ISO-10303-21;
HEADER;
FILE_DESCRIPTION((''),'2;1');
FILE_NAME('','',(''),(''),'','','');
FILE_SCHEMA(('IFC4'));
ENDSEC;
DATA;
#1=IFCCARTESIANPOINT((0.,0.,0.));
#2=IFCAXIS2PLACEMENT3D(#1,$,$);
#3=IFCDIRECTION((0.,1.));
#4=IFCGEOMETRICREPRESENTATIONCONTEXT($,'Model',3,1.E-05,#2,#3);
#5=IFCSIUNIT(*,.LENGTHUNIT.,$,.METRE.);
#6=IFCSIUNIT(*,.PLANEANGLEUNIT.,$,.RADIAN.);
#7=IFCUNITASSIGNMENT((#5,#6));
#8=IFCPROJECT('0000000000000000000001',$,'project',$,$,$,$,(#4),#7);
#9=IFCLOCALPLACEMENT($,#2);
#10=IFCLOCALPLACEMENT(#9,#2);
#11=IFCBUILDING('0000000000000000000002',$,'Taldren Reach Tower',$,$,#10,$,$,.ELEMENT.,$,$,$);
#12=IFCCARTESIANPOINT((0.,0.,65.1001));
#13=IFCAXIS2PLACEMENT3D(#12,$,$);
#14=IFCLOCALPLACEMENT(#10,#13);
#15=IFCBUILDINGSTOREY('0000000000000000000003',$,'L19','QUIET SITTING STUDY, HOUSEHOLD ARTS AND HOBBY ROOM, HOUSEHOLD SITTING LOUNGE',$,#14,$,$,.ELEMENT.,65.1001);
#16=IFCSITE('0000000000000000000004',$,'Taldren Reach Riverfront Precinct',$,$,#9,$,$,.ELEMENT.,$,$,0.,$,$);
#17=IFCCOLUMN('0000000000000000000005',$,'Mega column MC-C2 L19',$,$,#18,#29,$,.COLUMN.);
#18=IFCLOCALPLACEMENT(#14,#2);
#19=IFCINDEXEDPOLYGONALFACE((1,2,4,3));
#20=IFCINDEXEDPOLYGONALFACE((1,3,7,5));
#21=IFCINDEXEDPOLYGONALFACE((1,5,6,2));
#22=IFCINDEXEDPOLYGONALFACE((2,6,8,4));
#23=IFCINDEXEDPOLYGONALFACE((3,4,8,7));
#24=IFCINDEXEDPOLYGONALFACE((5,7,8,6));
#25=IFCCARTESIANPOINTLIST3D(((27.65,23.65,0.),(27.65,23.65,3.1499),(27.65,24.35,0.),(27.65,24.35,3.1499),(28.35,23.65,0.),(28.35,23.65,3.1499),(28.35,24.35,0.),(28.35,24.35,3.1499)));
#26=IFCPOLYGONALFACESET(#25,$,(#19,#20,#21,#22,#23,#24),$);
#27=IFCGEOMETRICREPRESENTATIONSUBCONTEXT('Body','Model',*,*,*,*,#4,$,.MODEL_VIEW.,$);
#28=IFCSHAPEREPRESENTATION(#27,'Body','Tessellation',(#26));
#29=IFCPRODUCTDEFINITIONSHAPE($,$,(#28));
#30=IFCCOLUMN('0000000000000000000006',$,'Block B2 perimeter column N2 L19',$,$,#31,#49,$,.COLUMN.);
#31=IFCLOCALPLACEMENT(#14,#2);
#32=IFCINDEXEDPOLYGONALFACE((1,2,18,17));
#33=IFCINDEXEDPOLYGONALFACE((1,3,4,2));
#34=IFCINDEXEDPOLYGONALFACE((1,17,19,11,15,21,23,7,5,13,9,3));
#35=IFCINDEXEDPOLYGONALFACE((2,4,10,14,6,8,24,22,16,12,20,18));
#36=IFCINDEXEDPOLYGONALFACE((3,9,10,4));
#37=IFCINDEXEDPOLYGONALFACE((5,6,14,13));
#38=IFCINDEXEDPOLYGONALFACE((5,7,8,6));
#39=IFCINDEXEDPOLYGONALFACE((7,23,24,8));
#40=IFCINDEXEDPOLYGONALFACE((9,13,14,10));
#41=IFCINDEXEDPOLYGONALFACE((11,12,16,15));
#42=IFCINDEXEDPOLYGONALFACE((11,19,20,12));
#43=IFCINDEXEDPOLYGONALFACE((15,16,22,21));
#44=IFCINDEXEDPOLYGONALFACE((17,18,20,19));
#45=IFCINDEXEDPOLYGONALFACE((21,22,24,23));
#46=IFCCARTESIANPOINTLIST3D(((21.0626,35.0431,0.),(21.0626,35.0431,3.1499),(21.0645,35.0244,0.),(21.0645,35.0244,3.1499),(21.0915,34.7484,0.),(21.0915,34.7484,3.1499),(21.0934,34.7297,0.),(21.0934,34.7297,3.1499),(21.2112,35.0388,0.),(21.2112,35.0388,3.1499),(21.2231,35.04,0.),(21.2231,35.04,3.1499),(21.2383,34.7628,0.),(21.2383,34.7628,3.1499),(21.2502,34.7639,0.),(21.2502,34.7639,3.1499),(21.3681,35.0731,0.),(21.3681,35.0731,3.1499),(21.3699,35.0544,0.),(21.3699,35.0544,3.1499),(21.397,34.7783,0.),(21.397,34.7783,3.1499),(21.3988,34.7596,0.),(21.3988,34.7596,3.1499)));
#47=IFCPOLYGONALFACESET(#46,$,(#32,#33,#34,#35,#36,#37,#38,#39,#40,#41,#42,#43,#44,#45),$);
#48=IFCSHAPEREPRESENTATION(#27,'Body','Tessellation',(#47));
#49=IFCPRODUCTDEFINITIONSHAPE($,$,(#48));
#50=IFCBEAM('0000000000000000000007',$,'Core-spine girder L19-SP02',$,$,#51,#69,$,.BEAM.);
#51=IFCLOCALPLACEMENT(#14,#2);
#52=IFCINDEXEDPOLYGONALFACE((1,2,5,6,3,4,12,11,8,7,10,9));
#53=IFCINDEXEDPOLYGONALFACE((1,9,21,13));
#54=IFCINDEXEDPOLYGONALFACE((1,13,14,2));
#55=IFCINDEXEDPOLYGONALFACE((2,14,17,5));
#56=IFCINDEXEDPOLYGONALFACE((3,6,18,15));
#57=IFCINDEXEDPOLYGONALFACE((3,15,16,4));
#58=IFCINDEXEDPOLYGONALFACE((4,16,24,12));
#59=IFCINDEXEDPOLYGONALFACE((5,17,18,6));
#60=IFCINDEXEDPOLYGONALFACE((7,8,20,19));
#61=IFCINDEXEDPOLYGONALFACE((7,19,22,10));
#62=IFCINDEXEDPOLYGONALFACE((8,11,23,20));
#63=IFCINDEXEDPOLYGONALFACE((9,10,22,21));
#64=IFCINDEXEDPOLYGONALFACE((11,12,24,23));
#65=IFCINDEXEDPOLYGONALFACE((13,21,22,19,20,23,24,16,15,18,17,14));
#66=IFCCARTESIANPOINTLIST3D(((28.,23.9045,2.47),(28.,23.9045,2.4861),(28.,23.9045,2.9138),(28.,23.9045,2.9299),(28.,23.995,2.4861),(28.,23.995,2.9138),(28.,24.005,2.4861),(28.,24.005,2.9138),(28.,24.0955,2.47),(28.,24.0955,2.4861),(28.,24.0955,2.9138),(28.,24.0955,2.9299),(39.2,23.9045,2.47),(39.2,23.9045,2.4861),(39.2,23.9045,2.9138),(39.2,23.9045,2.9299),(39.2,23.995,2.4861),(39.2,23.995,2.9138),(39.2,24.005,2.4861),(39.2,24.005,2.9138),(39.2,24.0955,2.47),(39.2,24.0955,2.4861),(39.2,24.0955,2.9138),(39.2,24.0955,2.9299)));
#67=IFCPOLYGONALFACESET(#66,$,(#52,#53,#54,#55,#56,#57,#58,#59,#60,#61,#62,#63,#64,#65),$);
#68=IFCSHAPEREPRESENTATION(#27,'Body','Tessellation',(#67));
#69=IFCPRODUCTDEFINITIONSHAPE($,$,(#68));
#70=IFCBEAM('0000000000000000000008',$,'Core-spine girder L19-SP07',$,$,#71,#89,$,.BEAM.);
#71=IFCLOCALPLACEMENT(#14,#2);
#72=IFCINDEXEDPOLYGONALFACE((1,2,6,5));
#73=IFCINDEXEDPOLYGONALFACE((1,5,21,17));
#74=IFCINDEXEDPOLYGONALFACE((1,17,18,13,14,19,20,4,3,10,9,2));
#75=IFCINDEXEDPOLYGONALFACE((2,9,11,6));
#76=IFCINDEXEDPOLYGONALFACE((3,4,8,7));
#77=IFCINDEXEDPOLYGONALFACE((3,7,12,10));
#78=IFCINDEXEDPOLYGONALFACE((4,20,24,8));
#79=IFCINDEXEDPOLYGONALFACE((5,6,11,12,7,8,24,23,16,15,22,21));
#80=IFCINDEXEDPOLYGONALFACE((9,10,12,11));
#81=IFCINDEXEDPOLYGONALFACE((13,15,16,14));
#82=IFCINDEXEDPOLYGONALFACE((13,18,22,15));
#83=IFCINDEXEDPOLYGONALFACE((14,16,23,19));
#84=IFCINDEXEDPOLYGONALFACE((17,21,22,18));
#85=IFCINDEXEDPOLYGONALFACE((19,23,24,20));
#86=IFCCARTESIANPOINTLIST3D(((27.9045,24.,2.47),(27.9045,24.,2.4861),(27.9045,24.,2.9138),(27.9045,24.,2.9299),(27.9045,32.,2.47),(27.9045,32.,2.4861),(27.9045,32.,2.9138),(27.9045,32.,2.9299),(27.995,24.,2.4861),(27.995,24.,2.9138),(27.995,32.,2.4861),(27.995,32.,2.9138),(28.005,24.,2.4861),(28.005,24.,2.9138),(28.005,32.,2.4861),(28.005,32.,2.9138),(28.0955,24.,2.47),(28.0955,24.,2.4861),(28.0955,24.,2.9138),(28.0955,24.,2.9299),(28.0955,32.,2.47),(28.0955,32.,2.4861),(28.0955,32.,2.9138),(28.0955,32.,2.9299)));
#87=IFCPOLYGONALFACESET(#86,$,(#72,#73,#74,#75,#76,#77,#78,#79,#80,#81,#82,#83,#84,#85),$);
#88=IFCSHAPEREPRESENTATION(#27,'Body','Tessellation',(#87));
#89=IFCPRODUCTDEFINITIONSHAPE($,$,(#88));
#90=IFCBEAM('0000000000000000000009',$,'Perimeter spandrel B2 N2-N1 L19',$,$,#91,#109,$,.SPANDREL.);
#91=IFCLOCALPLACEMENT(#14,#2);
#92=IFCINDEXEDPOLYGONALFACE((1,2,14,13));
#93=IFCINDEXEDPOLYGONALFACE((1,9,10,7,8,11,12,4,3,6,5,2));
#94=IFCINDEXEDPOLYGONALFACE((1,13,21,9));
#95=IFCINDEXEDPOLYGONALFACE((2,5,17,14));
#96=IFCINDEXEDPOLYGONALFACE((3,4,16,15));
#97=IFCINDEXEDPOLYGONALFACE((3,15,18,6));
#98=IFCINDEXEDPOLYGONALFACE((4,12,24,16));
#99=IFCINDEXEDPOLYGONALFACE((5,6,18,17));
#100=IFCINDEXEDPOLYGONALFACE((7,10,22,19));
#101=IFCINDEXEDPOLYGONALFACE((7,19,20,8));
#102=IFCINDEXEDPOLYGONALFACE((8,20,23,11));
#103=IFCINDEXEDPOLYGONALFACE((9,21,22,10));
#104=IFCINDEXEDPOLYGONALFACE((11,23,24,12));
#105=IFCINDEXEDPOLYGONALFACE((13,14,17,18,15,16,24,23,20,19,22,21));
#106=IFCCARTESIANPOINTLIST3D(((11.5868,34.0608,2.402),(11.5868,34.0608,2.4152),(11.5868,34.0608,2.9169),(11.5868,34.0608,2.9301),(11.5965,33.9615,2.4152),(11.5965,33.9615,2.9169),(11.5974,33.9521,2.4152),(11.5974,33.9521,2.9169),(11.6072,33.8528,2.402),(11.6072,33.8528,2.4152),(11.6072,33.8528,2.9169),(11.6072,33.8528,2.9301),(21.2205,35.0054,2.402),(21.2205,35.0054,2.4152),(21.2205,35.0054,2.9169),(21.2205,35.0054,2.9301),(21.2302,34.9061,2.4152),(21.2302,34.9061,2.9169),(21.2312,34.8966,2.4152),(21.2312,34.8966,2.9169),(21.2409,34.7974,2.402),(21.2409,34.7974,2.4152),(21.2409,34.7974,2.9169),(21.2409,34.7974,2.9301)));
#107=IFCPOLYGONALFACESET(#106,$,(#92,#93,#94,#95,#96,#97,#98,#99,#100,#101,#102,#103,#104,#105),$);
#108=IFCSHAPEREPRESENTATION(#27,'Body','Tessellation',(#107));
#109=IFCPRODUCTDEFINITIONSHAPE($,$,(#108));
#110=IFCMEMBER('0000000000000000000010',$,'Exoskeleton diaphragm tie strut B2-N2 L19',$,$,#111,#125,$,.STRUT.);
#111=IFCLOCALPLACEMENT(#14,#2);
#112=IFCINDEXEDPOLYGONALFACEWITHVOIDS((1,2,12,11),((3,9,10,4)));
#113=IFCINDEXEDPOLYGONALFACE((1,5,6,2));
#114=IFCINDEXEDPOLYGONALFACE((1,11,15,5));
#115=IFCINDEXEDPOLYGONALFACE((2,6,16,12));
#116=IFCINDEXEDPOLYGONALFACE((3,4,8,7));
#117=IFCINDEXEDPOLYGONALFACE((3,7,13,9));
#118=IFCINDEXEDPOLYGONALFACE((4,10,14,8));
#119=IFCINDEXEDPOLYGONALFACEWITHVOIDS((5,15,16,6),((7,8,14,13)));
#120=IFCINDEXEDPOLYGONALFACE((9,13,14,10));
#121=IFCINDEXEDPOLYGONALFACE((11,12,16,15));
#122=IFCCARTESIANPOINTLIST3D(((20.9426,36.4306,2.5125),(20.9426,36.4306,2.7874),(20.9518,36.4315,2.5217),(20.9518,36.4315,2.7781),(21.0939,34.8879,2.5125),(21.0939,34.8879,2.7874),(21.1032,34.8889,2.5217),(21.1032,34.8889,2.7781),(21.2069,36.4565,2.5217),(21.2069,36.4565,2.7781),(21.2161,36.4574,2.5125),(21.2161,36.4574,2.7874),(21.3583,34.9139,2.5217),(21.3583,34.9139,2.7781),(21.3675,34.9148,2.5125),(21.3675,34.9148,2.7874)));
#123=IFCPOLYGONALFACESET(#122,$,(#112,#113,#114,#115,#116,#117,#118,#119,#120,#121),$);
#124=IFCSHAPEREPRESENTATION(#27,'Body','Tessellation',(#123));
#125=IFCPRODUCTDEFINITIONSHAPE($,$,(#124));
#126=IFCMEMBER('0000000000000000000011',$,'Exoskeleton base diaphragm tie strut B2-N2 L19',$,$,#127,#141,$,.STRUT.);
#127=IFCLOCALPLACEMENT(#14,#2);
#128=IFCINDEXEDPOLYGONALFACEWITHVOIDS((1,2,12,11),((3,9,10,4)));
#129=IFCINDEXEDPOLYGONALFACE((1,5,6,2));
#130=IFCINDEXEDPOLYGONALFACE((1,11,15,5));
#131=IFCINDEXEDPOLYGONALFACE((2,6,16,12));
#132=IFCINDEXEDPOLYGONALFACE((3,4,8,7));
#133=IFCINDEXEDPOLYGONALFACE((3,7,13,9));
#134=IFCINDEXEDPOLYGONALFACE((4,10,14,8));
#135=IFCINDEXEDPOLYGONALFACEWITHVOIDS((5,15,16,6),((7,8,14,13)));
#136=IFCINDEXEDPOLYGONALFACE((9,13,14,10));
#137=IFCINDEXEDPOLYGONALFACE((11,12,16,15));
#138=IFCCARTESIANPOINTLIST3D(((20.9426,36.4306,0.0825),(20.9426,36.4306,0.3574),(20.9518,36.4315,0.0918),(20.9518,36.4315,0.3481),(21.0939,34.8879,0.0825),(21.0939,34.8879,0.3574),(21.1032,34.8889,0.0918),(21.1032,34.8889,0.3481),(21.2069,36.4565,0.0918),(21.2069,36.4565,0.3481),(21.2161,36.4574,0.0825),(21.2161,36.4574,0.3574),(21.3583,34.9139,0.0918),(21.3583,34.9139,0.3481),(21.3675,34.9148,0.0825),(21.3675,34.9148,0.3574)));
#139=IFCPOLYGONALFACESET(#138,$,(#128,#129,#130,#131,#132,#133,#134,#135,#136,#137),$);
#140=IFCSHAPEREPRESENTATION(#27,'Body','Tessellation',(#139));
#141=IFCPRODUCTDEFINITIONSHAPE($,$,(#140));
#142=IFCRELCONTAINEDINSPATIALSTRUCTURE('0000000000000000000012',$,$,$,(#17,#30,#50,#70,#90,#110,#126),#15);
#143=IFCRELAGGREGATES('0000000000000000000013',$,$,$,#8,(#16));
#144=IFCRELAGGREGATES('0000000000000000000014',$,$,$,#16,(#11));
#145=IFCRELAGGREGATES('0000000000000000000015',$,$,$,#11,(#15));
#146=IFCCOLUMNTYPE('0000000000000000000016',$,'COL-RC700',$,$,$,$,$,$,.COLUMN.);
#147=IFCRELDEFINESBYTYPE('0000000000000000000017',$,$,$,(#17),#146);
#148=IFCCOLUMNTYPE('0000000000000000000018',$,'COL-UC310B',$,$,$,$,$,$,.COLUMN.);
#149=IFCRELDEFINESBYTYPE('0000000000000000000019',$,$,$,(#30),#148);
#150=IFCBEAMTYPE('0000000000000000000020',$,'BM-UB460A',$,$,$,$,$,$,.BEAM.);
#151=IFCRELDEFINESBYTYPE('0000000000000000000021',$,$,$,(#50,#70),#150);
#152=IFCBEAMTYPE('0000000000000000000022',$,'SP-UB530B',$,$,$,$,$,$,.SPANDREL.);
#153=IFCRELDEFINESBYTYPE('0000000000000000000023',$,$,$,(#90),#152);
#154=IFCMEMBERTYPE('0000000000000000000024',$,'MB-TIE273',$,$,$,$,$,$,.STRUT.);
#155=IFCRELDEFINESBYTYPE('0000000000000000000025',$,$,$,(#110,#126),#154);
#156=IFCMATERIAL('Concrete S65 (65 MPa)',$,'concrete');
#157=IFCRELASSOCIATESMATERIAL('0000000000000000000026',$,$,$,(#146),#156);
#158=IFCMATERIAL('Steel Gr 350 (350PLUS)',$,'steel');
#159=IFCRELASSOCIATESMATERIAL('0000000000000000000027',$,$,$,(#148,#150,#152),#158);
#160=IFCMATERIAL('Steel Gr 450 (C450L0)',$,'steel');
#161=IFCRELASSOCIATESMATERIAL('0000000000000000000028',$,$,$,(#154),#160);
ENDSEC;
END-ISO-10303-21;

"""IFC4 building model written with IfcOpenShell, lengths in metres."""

from ifc_helpers import new_model, si_unit, direction, frame, origin, origin_2d, place, context, subcontext, project, spatial, rectangle, hollow_rectangle, i_section, extrude, source, transform, mapped, material, material_profile, profile_set, type_object, element, save


model = new_model("IFC4")

# Units and contexts
model_context = context("Model", 3, precision=1e-05, world=origin(), true_north=direction((0.0, 1.0)))
body_context = subcontext(model_context, "Body", "Model", "MODEL_VIEW")
ifc_project = project(units=[si_unit("LENGTHUNIT", "METRE"), si_unit("PLANEANGLEUNIT", "RADIAN")], contexts=[model_context])

# Site, building, storey
site_placement = place(None, origin())
site = spatial("IfcSite", under=ifc_project, at=site_placement, Name="Taldren Reach Riverfront Precinct", CompositionType="ELEMENT", RefElevation=0.0)
building_placement = place(site_placement, origin())
building = spatial("IfcBuilding", under=site, at=building_placement, Name="Taldren Reach Tower", CompositionType="ELEMENT")
storey_placement = place(building_placement, frame((0.0, 0.0, 65.1001)))
storey = spatial("IfcBuildingStorey", under=building, at=storey_placement, Name="L19", Description="QUIET SITTING STUDY, HOUSEHOLD ARTS AND HOBBY ROOM, HOUSEHOLD SITTING LOUNGE", CompositionType="ELEMENT", Elevation=65.1001)

# Columns
ifc_material_1 = material(Name="Concrete S65 (65 MPa)", Category="concrete")
ifc_material_profile_1 = material_profile(ifc_material_1, rectangle(XDim=0.7, YDim=0.7, at=origin_2d()), Name="RC-700x700")
ifc_profile_set_1 = profile_set([ifc_material_profile_1], Name="Concrete S65 (65 MPa)")
column_type_1 = type_object("IfcColumnType", Name="COL-RC700", PredefinedType="COLUMN", material=ifc_profile_set_1)
shared_shape_1 = source(origin(), body_context, "Body", "SweptSolid", [
    extrude(rectangle(XDim=0.7, YDim=0.7, at=origin_2d()), origin(), (0.0, 0.0, 1.0), 3.1499),
])
column_1_placement = place(storey_placement, frame((28.0, 24.0, 0.0), z_axis=(0.0, 0.0, 1.0), x_axis=(1.0, 0.0, 0.0)))
element("IfcColumn", 1, at=column_1_placement, inside=storey, type_object=column_type_1, Name="Mega column MC-C2 L19", PredefinedType="COLUMN", context=body_context, shape_type="MappedRepresentation", body=[
    mapped(shared_shape_1, transform((0.0, 0.0, 0.0), scale=1.0)),
])
ifc_material_2 = material(Name="Steel Gr 350 (350PLUS)", Category="steel")
ifc_material_profile_2 = material_profile(ifc_material_2, i_section(OverallWidth=0.3069, OverallDepth=0.3149, WebThickness=0.012, FlangeThickness=0.0188, at=origin_2d()), Name="310UC118")
ifc_profile_set_2 = profile_set([ifc_material_profile_2], Name="Steel Gr 350 (350PLUS)")
column_type_2 = type_object("IfcColumnType", Name="COL-UC310B", PredefinedType="COLUMN", material=ifc_profile_set_2)
shared_shape_2 = source(origin(), body_context, "Body", "SweptSolid", [
    extrude(i_section(OverallWidth=0.3069, OverallDepth=0.3149, WebThickness=0.012, FlangeThickness=0.0188, at=origin_2d()), origin(), (0.0, 0.0, 1.0), 3.1499),
])
column_2_placement = place(storey_placement, frame((21.2307, 34.9014, 0.0), z_axis=(0.0, 0.0, 1.0), x_axis=(0.995227, 0.097583, 0.0)))
element("IfcColumn", 2, at=column_2_placement, inside=storey, type_object=column_type_2, Name="Block B2 perimeter column N2 L19", PredefinedType="COLUMN", context=body_context, shape_type="MappedRepresentation", body=[
    mapped(shared_shape_2, transform((0.0, 0.0, 0.0), scale=1.0)),
])

# Beams
ifc_material_profile_3 = material_profile(ifc_material_2, i_section(OverallWidth=0.1909, OverallDepth=0.46, WebThickness=0.01, FlangeThickness=0.0161, at=origin_2d()), Name="460UB82.1")
ifc_profile_set_3 = profile_set([ifc_material_profile_3], Name="Steel Gr 350 (350PLUS)")
beam_type_1 = type_object("IfcBeamType", Name="BM-UB460A", PredefinedType="BEAM", material=ifc_profile_set_3)
shared_shape_3 = source(origin(), body_context, "Body", "SweptSolid", [
    extrude(i_section(OverallWidth=0.1909, OverallDepth=0.46, WebThickness=0.01, FlangeThickness=0.0161, at=origin_2d()), origin(), (0.0, 0.0, 1.0), 11.2),
])
beam_1_placement = place(storey_placement, frame((28.0, 24.0, 2.7), z_axis=(1.0, 0.0, 0.0), x_axis=(0.0, 1.0, 0.0)))
element("IfcBeam", 3, at=beam_1_placement, inside=storey, type_object=beam_type_1, Name="Core-spine girder L19-SP02", PredefinedType="BEAM", context=body_context, shape_type="MappedRepresentation", body=[
    mapped(shared_shape_3, transform((0.0, 0.0, 0.0), scale=1.0)),
])
shared_shape_4 = source(origin(), body_context, "Body", "SweptSolid", [
    extrude(i_section(OverallWidth=0.1909, OverallDepth=0.46, WebThickness=0.01, FlangeThickness=0.0161, at=origin_2d()), origin(), (0.0, 0.0, 1.0), 8.0),
])
beam_2_placement = place(storey_placement, frame((28.0, 24.0, 2.7), z_axis=(0.0, 1.0, 0.0), x_axis=(-1.0, 0.0, 0.0)))
element("IfcBeam", 4, at=beam_2_placement, inside=storey, type_object=beam_type_1, Name="Core-spine girder L19-SP07", PredefinedType="BEAM", context=body_context, shape_type="MappedRepresentation", body=[
    mapped(shared_shape_4, transform((0.0, 0.0, 0.0), scale=1.0)),
])
ifc_material_profile_4 = material_profile(ifc_material_2, i_section(OverallWidth=0.209, OverallDepth=0.5281, WebThickness=0.0095, FlangeThickness=0.0132, at=origin_2d()), Name="530UB82.0")
ifc_profile_set_4 = profile_set([ifc_material_profile_4], Name="Steel Gr 350 (350PLUS)")
beam_type_2 = type_object("IfcBeamType", Name="SP-UB530B", PredefinedType="SPANDREL", material=ifc_profile_set_4)
shared_shape_5 = source(origin(), body_context, "Body", "SweptSolid", [
    extrude(i_section(OverallWidth=0.209, OverallDepth=0.5281, WebThickness=0.0095, FlangeThickness=0.0132, at=origin_2d()), origin(), (0.0, 0.0, 1.0), 9.6799),
])
beam_3_placement = place(storey_placement, frame((21.2307, 34.9014, 2.666), z_axis=(-0.995228, -0.097581, 0.0), x_axis=(0.097581, -0.995228, 0.0)))
element("IfcBeam", 5, at=beam_3_placement, inside=storey, type_object=beam_type_2, Name="Perimeter spandrel B2 N2-N1 L19", PredefinedType="SPANDREL", context=body_context, shape_type="MappedRepresentation", body=[
    mapped(shared_shape_5, transform((0.0, 0.0, 0.0), scale=1.0)),
])

# Members
ifc_material_3 = material(Name="Steel Gr 450 (C450L0)", Category="steel")
ifc_material_profile_5 = material_profile(ifc_material_3, hollow_rectangle(XDim=0.2749, YDim=0.2749, WallThickness=0.0093, at=origin_2d()), Name="275x275x9.3SHS")
ifc_profile_set_5 = profile_set([ifc_material_profile_5], Name="Steel Gr 450 (C450L0)")
member_type = type_object("IfcMemberType", Name="MB-TIE273", PredefinedType="STRUT", material=ifc_profile_set_5)
shared_shape_6 = source(origin(), body_context, "Body", "SweptSolid", [
    extrude(hollow_rectangle(XDim=0.2749, YDim=0.2749, WallThickness=0.0093, at=origin_2d()), origin(), (0.0, 0.0, 1.0), 1.55),
])
for number, where, z_axis, x_axis, name in (
    (6, (21.2307, 34.9014, 2.6499), (-0.097648, 0.995221, 0.0), (-0.995221, -0.097648, 0.0), "Exoskeleton diaphragm tie strut B2-N2 L19"),
    (7, (21.2307, 34.9014, 0.22), (-0.097648, 0.995221, 0.0), (-0.995221, -0.097648, 0.0), "Exoskeleton base diaphragm tie strut B2-N2 L19"),
):
    element("IfcMember", number, at=place(storey_placement, frame(where, z_axis=z_axis, x_axis=x_axis)), inside=storey, type_object=member_type, Name=name, PredefinedType="STRUT", context=body_context, shape_type="MappedRepresentation", body=[
        mapped(shared_shape_6, transform((0.0, 0.0, 0.0), scale=1.0)),
    ])

save(model, "model.ifc")
